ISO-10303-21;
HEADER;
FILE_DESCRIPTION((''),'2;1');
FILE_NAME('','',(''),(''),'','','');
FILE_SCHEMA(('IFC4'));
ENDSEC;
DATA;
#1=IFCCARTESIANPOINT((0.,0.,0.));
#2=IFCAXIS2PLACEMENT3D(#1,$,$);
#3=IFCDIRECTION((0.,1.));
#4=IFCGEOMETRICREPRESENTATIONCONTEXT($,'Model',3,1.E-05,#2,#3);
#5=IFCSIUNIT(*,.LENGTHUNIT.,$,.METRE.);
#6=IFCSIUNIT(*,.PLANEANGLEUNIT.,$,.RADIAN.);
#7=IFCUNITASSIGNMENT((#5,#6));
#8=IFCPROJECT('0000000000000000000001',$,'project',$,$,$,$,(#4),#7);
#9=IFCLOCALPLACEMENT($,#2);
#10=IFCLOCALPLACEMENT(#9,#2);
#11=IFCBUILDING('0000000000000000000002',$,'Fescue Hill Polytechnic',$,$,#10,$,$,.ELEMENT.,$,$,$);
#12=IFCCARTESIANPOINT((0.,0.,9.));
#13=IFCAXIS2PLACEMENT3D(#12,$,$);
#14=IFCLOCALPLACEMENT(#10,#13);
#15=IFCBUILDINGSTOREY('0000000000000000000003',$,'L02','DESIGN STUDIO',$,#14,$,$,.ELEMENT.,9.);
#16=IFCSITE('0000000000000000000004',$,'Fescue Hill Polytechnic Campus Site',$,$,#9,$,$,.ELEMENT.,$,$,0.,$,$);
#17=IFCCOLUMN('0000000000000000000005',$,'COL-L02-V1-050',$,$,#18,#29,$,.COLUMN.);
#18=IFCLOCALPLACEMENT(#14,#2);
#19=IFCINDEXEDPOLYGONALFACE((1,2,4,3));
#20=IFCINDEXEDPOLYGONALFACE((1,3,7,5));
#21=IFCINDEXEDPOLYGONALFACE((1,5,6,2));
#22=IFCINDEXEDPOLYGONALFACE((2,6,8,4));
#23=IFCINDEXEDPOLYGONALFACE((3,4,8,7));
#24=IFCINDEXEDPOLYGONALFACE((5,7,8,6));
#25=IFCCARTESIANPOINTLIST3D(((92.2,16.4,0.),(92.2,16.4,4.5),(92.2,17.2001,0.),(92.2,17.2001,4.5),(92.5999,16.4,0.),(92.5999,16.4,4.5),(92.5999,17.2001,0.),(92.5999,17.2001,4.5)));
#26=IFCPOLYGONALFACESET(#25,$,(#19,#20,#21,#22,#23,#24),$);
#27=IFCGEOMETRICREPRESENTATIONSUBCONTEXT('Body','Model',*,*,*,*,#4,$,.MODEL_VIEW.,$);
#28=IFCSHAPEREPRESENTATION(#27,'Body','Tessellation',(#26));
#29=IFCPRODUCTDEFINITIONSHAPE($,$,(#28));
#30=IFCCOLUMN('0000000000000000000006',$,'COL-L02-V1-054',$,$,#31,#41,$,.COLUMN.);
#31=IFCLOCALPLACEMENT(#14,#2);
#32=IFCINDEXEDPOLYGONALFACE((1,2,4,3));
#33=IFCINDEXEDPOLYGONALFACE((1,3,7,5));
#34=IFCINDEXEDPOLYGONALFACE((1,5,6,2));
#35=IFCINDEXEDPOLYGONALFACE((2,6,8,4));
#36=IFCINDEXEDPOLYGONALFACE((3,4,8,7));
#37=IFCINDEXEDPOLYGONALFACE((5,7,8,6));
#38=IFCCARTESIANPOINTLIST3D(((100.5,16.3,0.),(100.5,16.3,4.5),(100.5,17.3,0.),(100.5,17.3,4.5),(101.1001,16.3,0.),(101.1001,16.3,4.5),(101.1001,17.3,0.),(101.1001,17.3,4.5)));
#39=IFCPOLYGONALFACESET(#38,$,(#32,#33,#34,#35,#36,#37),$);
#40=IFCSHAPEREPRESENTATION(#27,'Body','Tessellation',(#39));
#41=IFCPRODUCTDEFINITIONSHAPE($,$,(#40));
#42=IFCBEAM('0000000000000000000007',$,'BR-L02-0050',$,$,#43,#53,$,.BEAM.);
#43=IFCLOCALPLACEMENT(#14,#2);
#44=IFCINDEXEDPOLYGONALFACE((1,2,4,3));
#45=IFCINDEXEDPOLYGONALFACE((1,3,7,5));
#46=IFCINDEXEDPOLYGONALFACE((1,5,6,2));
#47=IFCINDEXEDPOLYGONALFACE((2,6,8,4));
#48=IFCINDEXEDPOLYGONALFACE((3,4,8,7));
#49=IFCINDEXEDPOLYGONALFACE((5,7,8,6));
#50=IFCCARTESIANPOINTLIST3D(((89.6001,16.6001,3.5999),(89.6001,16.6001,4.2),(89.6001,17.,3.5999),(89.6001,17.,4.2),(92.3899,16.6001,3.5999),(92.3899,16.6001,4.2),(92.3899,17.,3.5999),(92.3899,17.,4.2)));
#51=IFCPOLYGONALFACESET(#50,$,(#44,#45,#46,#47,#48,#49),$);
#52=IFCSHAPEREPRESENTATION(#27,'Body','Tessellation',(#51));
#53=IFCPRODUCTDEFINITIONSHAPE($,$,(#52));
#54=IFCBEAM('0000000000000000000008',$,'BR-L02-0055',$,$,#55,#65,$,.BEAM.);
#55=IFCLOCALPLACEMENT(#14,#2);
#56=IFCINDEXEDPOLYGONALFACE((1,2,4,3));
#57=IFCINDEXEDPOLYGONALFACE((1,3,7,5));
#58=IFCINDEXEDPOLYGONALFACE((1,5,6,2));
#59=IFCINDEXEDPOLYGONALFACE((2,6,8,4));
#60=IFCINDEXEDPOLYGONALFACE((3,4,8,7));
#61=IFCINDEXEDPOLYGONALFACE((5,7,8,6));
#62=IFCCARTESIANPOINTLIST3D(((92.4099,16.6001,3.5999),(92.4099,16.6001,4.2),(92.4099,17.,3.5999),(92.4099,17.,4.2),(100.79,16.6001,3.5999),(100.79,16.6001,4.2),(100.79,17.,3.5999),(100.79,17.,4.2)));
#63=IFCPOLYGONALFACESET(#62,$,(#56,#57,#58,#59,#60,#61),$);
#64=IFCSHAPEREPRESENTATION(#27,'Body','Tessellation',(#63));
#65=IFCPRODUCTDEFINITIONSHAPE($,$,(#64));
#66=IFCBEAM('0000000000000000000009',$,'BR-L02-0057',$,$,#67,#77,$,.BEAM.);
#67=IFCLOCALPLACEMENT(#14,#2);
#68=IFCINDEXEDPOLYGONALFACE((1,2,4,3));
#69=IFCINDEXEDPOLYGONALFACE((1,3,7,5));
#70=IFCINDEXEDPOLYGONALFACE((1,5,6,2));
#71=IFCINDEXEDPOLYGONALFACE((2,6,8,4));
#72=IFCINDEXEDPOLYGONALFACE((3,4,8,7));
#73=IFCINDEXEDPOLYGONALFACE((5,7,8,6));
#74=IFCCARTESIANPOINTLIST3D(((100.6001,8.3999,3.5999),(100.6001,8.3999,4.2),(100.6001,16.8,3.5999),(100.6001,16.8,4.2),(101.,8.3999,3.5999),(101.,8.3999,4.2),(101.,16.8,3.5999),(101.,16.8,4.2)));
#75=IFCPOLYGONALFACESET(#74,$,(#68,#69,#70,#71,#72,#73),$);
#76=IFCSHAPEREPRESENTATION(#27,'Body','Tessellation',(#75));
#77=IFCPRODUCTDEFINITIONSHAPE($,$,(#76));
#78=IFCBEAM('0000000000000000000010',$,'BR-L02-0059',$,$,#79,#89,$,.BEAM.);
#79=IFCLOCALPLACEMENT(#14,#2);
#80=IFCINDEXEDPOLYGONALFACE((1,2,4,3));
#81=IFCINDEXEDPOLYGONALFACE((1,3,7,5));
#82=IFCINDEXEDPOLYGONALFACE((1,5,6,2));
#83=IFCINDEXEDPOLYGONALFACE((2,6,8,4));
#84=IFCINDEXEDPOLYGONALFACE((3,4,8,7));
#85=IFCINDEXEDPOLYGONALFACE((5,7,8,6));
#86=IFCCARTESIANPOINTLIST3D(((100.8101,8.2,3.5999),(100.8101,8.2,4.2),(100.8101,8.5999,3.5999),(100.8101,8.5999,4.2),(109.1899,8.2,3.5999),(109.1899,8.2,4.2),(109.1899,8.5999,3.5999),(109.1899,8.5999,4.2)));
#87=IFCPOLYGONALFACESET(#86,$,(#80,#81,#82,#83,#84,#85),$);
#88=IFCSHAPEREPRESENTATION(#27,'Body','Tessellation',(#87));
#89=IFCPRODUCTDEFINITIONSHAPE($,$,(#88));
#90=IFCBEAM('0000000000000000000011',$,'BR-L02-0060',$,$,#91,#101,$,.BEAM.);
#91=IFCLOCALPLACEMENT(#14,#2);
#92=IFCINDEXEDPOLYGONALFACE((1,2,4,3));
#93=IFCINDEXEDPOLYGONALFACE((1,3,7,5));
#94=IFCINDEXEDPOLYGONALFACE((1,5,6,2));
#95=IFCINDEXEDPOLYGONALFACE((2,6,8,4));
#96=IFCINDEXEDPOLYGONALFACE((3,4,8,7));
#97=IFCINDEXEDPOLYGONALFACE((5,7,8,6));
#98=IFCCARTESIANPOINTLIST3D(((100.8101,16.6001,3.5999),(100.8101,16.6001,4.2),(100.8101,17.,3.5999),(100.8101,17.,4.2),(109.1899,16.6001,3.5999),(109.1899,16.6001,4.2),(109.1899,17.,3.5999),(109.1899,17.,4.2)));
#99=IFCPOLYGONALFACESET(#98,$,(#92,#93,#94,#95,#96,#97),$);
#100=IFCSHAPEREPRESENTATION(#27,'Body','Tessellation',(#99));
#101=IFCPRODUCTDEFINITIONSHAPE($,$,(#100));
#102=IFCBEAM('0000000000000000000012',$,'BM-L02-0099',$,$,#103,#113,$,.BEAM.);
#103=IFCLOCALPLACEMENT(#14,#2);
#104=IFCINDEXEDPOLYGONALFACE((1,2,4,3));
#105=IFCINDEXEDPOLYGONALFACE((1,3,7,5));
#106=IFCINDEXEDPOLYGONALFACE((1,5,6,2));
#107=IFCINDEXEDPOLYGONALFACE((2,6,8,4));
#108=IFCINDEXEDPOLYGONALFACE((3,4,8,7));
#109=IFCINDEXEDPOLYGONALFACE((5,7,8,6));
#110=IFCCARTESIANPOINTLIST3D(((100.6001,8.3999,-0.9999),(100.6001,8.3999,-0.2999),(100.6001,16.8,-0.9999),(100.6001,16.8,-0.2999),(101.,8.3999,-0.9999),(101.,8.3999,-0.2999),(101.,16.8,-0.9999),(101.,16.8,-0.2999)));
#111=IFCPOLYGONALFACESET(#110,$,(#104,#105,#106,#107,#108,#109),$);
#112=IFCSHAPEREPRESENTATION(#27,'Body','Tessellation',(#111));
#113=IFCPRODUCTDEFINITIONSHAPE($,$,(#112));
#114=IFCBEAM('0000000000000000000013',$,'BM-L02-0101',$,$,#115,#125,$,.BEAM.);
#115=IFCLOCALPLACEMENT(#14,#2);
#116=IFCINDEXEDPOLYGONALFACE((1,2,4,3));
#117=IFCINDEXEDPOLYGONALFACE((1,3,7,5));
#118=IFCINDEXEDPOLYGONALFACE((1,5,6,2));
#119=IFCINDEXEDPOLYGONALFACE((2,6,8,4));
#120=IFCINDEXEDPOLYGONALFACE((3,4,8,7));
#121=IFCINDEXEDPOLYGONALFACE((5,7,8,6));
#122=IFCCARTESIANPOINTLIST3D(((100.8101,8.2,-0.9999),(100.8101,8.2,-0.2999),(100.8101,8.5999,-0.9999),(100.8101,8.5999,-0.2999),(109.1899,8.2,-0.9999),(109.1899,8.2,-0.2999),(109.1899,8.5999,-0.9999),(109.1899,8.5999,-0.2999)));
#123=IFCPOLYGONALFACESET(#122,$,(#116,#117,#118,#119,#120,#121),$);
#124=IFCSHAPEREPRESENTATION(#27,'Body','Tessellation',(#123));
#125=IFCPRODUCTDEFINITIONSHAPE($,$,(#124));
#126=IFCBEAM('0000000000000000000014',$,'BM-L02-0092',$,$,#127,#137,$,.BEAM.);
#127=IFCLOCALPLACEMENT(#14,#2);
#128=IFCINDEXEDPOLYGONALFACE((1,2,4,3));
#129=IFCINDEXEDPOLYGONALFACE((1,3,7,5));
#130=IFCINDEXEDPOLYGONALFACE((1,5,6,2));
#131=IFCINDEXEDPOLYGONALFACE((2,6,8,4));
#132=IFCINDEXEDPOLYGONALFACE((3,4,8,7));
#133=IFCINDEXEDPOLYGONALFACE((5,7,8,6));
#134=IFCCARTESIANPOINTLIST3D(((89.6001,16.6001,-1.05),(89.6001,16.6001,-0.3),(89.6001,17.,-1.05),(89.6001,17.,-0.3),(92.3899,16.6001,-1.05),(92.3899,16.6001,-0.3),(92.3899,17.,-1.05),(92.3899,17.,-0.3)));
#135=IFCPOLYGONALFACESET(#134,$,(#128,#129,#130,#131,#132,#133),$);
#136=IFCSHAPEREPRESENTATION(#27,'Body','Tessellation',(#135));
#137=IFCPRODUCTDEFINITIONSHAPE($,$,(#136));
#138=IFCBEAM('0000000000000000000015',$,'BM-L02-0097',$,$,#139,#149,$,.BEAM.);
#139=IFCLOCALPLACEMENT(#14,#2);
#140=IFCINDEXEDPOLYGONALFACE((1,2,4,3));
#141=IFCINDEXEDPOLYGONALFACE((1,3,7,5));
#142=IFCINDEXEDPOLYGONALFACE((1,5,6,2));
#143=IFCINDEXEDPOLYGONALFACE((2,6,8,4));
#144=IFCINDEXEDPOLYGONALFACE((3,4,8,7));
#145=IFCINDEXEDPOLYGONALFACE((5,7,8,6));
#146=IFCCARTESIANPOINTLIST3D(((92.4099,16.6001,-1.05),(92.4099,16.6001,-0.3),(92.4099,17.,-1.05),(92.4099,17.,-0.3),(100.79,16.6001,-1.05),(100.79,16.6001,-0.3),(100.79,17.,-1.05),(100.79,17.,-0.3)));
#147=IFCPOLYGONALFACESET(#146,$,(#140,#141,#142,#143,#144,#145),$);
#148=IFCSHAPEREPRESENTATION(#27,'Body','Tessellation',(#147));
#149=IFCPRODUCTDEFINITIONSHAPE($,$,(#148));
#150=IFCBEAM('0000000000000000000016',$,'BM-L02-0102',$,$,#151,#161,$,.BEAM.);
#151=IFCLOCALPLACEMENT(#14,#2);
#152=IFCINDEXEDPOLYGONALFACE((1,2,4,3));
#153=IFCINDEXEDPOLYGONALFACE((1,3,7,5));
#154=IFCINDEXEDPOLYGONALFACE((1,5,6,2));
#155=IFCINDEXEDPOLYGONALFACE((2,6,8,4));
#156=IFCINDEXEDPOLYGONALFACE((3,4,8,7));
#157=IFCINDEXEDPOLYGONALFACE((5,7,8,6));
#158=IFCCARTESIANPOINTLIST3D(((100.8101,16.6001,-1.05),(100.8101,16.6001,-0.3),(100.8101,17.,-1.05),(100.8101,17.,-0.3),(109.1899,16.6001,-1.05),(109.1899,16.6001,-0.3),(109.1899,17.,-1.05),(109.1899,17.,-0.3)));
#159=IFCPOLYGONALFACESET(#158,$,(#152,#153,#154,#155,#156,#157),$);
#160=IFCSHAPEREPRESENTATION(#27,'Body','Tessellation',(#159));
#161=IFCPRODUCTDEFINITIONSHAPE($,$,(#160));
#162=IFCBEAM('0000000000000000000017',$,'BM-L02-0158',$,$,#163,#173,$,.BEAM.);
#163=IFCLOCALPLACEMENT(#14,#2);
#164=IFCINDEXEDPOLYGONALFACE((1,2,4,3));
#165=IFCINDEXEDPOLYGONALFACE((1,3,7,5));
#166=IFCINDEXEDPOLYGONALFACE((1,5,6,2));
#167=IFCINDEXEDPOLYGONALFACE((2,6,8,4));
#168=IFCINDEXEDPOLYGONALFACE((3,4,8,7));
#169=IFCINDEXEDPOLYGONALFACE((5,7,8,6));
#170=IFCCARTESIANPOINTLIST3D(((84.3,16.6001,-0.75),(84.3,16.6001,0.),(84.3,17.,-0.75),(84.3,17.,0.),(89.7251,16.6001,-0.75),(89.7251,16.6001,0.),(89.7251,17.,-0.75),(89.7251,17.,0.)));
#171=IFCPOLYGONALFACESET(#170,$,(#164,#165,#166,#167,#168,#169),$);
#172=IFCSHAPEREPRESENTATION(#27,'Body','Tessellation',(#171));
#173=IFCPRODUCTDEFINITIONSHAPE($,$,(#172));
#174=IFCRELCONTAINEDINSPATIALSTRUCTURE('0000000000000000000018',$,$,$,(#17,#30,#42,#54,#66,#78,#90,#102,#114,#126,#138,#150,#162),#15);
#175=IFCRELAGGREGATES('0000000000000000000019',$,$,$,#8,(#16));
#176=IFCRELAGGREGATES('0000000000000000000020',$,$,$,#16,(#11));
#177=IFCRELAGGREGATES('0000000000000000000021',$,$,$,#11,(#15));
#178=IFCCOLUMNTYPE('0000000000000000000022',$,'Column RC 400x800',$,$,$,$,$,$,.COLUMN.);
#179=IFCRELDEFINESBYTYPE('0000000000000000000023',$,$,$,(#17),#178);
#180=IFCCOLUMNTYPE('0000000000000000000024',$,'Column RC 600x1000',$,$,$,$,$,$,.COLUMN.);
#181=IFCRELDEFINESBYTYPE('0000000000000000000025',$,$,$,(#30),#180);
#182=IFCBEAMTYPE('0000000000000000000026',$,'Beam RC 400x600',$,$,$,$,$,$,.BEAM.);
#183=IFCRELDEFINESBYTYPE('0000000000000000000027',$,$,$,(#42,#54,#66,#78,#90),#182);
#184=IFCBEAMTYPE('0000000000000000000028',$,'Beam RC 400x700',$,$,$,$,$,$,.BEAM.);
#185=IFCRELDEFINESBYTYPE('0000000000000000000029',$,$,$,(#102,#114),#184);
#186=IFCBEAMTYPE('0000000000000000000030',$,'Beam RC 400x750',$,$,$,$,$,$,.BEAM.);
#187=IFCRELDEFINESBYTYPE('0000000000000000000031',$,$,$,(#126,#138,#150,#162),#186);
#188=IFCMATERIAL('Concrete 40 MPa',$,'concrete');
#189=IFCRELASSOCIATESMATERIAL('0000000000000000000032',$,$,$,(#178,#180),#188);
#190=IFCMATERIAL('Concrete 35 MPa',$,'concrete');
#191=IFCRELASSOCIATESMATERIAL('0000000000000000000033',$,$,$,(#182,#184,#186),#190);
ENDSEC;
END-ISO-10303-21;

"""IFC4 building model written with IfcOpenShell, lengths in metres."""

from ifc_helpers import new_model, si_unit, direction, frame, origin, origin_2d, place, context, subcontext, project, spatial, rectangle, extrude, material, material_profile, profile_set, type_object, element, save


model = new_model("IFC4")

# Units and contexts
model_context = context("Model", 3, precision=1e-05, world=origin(), true_north=direction((0.0, 1.0)))
body_context = subcontext(model_context, "Body", "Model", "MODEL_VIEW")
ifc_project = project(units=[si_unit("LENGTHUNIT", "METRE"), si_unit("PLANEANGLEUNIT", "RADIAN")], contexts=[model_context])

# Site, building, storey
site_placement = place(None, origin())
site = spatial("IfcSite", under=ifc_project, at=site_placement, Name="Fescue Hill Polytechnic Campus Site", CompositionType="ELEMENT", RefElevation=0.0)
building_placement = place(site_placement, origin())
building = spatial("IfcBuilding", under=site, at=building_placement, Name="Fescue Hill Polytechnic", CompositionType="ELEMENT")
storey_placement = place(building_placement, frame((0.0, 0.0, 9.0)))
storey = spatial("IfcBuildingStorey", under=building, at=storey_placement, Name="L02", Description="DESIGN STUDIO", CompositionType="ELEMENT", Elevation=9.0)

# Columns
ifc_material_1 = material(Name="Concrete 40 MPa", Category="concrete")
ifc_material_profile_1 = material_profile(ifc_material_1, rectangle(XDim=0.3999, YDim=0.8, at=origin_2d()), Name="RC 400x800")
ifc_profile_set_1 = profile_set([ifc_material_profile_1], Name="Concrete 40 MPa")
column_type_1 = type_object("IfcColumnType", Name="Column RC 400x800", PredefinedType="COLUMN", material=ifc_profile_set_1)
column_1_placement = place(storey_placement, frame((92.3999, 16.8, 0.0), z_axis=(0.0, 0.0, 1.0), x_axis=(1.0, 0.0, 0.0)))
element("IfcColumn", 1, at=column_1_placement, inside=storey, type_object=column_type_1, Name="COL-L02-V1-050", PredefinedType="COLUMN", context=body_context, shape_type="SweptSolid", body=[
    extrude(rectangle(XDim=0.3999, YDim=0.8, at=origin_2d()), origin(), (0.0, 0.0, 1.0), 4.5),
])
ifc_material_profile_2 = material_profile(ifc_material_1, rectangle(XDim=0.6001, YDim=1.0, at=origin_2d()), Name="RC 600x1000")
ifc_profile_set_2 = profile_set([ifc_material_profile_2], Name="Concrete 40 MPa")
column_type_2 = type_object("IfcColumnType", Name="Column RC 600x1000", PredefinedType="COLUMN", material=ifc_profile_set_2)
column_2_placement = place(storey_placement, frame((100.8, 16.8, 0.0), z_axis=(0.0, 0.0, 1.0), x_axis=(1.0, 0.0, 0.0)))
element("IfcColumn", 2, at=column_2_placement, inside=storey, type_object=column_type_2, Name="COL-L02-V1-054", PredefinedType="COLUMN", context=body_context, shape_type="SweptSolid", body=[
    extrude(rectangle(XDim=0.6001, YDim=1.0, at=origin_2d()), origin(), (0.0, 0.0, 1.0), 4.5),
])

# Beams
ifc_material_2 = material(Name="Concrete 35 MPa", Category="concrete")
ifc_material_profile_3 = material_profile(ifc_material_2, rectangle(XDim=0.3999, YDim=0.6001, at=origin_2d()), Name="RC 400x600")
ifc_profile_set_3 = profile_set([ifc_material_profile_3], Name="Concrete 35 MPa")
beam_type_1 = type_object("IfcBeamType", Name="Beam RC 400x600", PredefinedType="BEAM", material=ifc_profile_set_3)
beam_1_placement = place(storey_placement, frame((89.6001, 16.8, 3.8999), z_axis=(1.0, 0.0, 0.0), x_axis=(0.0, 1.0, 0.0)))
element("IfcBeam", 3, at=beam_1_placement, inside=storey, type_object=beam_type_1, Name="BR-L02-0050", PredefinedType="BEAM", context=body_context, shape_type="SweptSolid", body=[
    extrude(rectangle(XDim=0.3999, YDim=0.6001, at=origin_2d()), origin(), (0.0, 0.0, 1.0), 2.7898),
])
beam_2_placement = place(storey_placement, frame((92.4099, 16.8, 3.8999), z_axis=(1.0, 0.0, 0.0), x_axis=(0.0, 1.0, 0.0)))
element("IfcBeam", 4, at=beam_2_placement, inside=storey, type_object=beam_type_1, Name="BR-L02-0055", PredefinedType="BEAM", context=body_context, shape_type="SweptSolid", body=[
    extrude(rectangle(XDim=0.3999, YDim=0.6001, at=origin_2d()), origin(), (0.0, 0.0, 1.0), 8.3801),
])
beam_3_placement = place(storey_placement, frame((100.8, 8.3999, 3.8999), z_axis=(0.0, 1.0, 0.0), x_axis=(-1.0, 0.0, 0.0)))
element("IfcBeam", 5, at=beam_3_placement, inside=storey, type_object=beam_type_1, Name="BR-L02-0057", PredefinedType="BEAM", context=body_context, shape_type="SweptSolid", body=[
    extrude(rectangle(XDim=0.3999, YDim=0.6001, at=origin_2d()), origin(), (0.0, 0.0, 1.0), 8.4001),
])
for number, where, z_axis, x_axis, name in (
    (6, (100.8101, 8.3999, 3.8999), (1.0, 0.0, 0.0), (0.0, 1.0, 0.0), "BR-L02-0059"),
    (7, (100.8101, 16.8, 3.8999), (1.0, 0.0, 0.0), (0.0, 1.0, 0.0), "BR-L02-0060"),
):
    element("IfcBeam", number, at=place(storey_placement, frame(where, z_axis=z_axis, x_axis=x_axis)), inside=storey, type_object=beam_type_1, Name=name, PredefinedType="BEAM", context=body_context, shape_type="SweptSolid", body=[
        extrude(rectangle(XDim=0.3999, YDim=0.6001, at=origin_2d()), origin(), (0.0, 0.0, 1.0), 8.3799),
    ])
ifc_material_profile_4 = material_profile(ifc_material_2, rectangle(XDim=0.3999, YDim=0.7, at=origin_2d()), Name="RC 400x700")
ifc_profile_set_4 = profile_set([ifc_material_profile_4], Name="Concrete 35 MPa")
beam_type_2 = type_object("IfcBeamType", Name="Beam RC 400x700", PredefinedType="BEAM", material=ifc_profile_set_4)
beam_4_placement = place(storey_placement, frame((100.8, 8.3999, -0.6499), z_axis=(0.0, 1.0, 0.0), x_axis=(-1.0, 0.0, 0.0)))
element("IfcBeam", 8, at=beam_4_placement, inside=storey, type_object=beam_type_2, Name="BM-L02-0099", PredefinedType="BEAM", context=body_context, shape_type="SweptSolid", body=[
    extrude(rectangle(XDim=0.3999, YDim=0.7, at=origin_2d()), origin(), (0.0, 0.0, 1.0), 8.4001),
])
beam_5_placement = place(storey_placement, frame((100.8101, 8.3999, -0.6499), z_axis=(1.0, 0.0, 0.0), x_axis=(0.0, 1.0, 0.0)))
element("IfcBeam", 9, at=beam_5_placement, inside=storey, type_object=beam_type_2, Name="BM-L02-0101", PredefinedType="BEAM", context=body_context, shape_type="SweptSolid", body=[
    extrude(rectangle(XDim=0.3999, YDim=0.7, at=origin_2d()), origin(), (0.0, 0.0, 1.0), 8.3799),
])
ifc_material_profile_5 = material_profile(ifc_material_2, rectangle(XDim=0.3999, YDim=0.75, at=origin_2d()), Name="RC 400x750")
ifc_profile_set_5 = profile_set([ifc_material_profile_5], Name="Concrete 35 MPa")
beam_type_3 = type_object("IfcBeamType", Name="Beam RC 400x750", PredefinedType="BEAM", material=ifc_profile_set_5)
beam_6_placement = place(storey_placement, frame((89.6001, 16.8, -0.675), z_axis=(1.0, 0.0, 0.0), x_axis=(0.0, 1.0, 0.0)))
element("IfcBeam", 10, at=beam_6_placement, inside=storey, type_object=beam_type_3, Name="BM-L02-0092", PredefinedType="BEAM", context=body_context, shape_type="SweptSolid", body=[
    extrude(rectangle(XDim=0.3999, YDim=0.75, at=origin_2d()), origin(), (0.0, 0.0, 1.0), 2.7898),
])
beam_7_placement = place(storey_placement, frame((92.4099, 16.8, -0.675), z_axis=(1.0, 0.0, 0.0), x_axis=(0.0, 1.0, 0.0)))
element("IfcBeam", 11, at=beam_7_placement, inside=storey, type_object=beam_type_3, Name="BM-L02-0097", PredefinedType="BEAM", context=body_context, shape_type="SweptSolid", body=[
    extrude(rectangle(XDim=0.3999, YDim=0.75, at=origin_2d()), origin(), (0.0, 0.0, 1.0), 8.3801),
])
beam_8_placement = place(storey_placement, frame((100.8101, 16.8, -0.675), z_axis=(1.0, 0.0, 0.0), x_axis=(0.0, 1.0, 0.0)))
element("IfcBeam", 12, at=beam_8_placement, inside=storey, type_object=beam_type_3, Name="BM-L02-0102", PredefinedType="BEAM", context=body_context, shape_type="SweptSolid", body=[
    extrude(rectangle(XDim=0.3999, YDim=0.75, at=origin_2d()), origin(), (0.0, 0.0, 1.0), 8.3799),
])
beam_9_placement = place(storey_placement, frame((84.3, 16.8, -0.375), z_axis=(1.0, 0.0, 0.0), x_axis=(0.0, 1.0, 0.0)))
element("IfcBeam", 13, at=beam_9_placement, inside=storey, type_object=beam_type_3, Name="BM-L02-0158", PredefinedType="BEAM", context=body_context, shape_type="SweptSolid", body=[
    extrude(rectangle(XDim=0.3999, YDim=0.75, at=origin_2d()), origin(), (0.0, 0.0, 1.0), 5.425),
])

save(model, "model.ifc")
